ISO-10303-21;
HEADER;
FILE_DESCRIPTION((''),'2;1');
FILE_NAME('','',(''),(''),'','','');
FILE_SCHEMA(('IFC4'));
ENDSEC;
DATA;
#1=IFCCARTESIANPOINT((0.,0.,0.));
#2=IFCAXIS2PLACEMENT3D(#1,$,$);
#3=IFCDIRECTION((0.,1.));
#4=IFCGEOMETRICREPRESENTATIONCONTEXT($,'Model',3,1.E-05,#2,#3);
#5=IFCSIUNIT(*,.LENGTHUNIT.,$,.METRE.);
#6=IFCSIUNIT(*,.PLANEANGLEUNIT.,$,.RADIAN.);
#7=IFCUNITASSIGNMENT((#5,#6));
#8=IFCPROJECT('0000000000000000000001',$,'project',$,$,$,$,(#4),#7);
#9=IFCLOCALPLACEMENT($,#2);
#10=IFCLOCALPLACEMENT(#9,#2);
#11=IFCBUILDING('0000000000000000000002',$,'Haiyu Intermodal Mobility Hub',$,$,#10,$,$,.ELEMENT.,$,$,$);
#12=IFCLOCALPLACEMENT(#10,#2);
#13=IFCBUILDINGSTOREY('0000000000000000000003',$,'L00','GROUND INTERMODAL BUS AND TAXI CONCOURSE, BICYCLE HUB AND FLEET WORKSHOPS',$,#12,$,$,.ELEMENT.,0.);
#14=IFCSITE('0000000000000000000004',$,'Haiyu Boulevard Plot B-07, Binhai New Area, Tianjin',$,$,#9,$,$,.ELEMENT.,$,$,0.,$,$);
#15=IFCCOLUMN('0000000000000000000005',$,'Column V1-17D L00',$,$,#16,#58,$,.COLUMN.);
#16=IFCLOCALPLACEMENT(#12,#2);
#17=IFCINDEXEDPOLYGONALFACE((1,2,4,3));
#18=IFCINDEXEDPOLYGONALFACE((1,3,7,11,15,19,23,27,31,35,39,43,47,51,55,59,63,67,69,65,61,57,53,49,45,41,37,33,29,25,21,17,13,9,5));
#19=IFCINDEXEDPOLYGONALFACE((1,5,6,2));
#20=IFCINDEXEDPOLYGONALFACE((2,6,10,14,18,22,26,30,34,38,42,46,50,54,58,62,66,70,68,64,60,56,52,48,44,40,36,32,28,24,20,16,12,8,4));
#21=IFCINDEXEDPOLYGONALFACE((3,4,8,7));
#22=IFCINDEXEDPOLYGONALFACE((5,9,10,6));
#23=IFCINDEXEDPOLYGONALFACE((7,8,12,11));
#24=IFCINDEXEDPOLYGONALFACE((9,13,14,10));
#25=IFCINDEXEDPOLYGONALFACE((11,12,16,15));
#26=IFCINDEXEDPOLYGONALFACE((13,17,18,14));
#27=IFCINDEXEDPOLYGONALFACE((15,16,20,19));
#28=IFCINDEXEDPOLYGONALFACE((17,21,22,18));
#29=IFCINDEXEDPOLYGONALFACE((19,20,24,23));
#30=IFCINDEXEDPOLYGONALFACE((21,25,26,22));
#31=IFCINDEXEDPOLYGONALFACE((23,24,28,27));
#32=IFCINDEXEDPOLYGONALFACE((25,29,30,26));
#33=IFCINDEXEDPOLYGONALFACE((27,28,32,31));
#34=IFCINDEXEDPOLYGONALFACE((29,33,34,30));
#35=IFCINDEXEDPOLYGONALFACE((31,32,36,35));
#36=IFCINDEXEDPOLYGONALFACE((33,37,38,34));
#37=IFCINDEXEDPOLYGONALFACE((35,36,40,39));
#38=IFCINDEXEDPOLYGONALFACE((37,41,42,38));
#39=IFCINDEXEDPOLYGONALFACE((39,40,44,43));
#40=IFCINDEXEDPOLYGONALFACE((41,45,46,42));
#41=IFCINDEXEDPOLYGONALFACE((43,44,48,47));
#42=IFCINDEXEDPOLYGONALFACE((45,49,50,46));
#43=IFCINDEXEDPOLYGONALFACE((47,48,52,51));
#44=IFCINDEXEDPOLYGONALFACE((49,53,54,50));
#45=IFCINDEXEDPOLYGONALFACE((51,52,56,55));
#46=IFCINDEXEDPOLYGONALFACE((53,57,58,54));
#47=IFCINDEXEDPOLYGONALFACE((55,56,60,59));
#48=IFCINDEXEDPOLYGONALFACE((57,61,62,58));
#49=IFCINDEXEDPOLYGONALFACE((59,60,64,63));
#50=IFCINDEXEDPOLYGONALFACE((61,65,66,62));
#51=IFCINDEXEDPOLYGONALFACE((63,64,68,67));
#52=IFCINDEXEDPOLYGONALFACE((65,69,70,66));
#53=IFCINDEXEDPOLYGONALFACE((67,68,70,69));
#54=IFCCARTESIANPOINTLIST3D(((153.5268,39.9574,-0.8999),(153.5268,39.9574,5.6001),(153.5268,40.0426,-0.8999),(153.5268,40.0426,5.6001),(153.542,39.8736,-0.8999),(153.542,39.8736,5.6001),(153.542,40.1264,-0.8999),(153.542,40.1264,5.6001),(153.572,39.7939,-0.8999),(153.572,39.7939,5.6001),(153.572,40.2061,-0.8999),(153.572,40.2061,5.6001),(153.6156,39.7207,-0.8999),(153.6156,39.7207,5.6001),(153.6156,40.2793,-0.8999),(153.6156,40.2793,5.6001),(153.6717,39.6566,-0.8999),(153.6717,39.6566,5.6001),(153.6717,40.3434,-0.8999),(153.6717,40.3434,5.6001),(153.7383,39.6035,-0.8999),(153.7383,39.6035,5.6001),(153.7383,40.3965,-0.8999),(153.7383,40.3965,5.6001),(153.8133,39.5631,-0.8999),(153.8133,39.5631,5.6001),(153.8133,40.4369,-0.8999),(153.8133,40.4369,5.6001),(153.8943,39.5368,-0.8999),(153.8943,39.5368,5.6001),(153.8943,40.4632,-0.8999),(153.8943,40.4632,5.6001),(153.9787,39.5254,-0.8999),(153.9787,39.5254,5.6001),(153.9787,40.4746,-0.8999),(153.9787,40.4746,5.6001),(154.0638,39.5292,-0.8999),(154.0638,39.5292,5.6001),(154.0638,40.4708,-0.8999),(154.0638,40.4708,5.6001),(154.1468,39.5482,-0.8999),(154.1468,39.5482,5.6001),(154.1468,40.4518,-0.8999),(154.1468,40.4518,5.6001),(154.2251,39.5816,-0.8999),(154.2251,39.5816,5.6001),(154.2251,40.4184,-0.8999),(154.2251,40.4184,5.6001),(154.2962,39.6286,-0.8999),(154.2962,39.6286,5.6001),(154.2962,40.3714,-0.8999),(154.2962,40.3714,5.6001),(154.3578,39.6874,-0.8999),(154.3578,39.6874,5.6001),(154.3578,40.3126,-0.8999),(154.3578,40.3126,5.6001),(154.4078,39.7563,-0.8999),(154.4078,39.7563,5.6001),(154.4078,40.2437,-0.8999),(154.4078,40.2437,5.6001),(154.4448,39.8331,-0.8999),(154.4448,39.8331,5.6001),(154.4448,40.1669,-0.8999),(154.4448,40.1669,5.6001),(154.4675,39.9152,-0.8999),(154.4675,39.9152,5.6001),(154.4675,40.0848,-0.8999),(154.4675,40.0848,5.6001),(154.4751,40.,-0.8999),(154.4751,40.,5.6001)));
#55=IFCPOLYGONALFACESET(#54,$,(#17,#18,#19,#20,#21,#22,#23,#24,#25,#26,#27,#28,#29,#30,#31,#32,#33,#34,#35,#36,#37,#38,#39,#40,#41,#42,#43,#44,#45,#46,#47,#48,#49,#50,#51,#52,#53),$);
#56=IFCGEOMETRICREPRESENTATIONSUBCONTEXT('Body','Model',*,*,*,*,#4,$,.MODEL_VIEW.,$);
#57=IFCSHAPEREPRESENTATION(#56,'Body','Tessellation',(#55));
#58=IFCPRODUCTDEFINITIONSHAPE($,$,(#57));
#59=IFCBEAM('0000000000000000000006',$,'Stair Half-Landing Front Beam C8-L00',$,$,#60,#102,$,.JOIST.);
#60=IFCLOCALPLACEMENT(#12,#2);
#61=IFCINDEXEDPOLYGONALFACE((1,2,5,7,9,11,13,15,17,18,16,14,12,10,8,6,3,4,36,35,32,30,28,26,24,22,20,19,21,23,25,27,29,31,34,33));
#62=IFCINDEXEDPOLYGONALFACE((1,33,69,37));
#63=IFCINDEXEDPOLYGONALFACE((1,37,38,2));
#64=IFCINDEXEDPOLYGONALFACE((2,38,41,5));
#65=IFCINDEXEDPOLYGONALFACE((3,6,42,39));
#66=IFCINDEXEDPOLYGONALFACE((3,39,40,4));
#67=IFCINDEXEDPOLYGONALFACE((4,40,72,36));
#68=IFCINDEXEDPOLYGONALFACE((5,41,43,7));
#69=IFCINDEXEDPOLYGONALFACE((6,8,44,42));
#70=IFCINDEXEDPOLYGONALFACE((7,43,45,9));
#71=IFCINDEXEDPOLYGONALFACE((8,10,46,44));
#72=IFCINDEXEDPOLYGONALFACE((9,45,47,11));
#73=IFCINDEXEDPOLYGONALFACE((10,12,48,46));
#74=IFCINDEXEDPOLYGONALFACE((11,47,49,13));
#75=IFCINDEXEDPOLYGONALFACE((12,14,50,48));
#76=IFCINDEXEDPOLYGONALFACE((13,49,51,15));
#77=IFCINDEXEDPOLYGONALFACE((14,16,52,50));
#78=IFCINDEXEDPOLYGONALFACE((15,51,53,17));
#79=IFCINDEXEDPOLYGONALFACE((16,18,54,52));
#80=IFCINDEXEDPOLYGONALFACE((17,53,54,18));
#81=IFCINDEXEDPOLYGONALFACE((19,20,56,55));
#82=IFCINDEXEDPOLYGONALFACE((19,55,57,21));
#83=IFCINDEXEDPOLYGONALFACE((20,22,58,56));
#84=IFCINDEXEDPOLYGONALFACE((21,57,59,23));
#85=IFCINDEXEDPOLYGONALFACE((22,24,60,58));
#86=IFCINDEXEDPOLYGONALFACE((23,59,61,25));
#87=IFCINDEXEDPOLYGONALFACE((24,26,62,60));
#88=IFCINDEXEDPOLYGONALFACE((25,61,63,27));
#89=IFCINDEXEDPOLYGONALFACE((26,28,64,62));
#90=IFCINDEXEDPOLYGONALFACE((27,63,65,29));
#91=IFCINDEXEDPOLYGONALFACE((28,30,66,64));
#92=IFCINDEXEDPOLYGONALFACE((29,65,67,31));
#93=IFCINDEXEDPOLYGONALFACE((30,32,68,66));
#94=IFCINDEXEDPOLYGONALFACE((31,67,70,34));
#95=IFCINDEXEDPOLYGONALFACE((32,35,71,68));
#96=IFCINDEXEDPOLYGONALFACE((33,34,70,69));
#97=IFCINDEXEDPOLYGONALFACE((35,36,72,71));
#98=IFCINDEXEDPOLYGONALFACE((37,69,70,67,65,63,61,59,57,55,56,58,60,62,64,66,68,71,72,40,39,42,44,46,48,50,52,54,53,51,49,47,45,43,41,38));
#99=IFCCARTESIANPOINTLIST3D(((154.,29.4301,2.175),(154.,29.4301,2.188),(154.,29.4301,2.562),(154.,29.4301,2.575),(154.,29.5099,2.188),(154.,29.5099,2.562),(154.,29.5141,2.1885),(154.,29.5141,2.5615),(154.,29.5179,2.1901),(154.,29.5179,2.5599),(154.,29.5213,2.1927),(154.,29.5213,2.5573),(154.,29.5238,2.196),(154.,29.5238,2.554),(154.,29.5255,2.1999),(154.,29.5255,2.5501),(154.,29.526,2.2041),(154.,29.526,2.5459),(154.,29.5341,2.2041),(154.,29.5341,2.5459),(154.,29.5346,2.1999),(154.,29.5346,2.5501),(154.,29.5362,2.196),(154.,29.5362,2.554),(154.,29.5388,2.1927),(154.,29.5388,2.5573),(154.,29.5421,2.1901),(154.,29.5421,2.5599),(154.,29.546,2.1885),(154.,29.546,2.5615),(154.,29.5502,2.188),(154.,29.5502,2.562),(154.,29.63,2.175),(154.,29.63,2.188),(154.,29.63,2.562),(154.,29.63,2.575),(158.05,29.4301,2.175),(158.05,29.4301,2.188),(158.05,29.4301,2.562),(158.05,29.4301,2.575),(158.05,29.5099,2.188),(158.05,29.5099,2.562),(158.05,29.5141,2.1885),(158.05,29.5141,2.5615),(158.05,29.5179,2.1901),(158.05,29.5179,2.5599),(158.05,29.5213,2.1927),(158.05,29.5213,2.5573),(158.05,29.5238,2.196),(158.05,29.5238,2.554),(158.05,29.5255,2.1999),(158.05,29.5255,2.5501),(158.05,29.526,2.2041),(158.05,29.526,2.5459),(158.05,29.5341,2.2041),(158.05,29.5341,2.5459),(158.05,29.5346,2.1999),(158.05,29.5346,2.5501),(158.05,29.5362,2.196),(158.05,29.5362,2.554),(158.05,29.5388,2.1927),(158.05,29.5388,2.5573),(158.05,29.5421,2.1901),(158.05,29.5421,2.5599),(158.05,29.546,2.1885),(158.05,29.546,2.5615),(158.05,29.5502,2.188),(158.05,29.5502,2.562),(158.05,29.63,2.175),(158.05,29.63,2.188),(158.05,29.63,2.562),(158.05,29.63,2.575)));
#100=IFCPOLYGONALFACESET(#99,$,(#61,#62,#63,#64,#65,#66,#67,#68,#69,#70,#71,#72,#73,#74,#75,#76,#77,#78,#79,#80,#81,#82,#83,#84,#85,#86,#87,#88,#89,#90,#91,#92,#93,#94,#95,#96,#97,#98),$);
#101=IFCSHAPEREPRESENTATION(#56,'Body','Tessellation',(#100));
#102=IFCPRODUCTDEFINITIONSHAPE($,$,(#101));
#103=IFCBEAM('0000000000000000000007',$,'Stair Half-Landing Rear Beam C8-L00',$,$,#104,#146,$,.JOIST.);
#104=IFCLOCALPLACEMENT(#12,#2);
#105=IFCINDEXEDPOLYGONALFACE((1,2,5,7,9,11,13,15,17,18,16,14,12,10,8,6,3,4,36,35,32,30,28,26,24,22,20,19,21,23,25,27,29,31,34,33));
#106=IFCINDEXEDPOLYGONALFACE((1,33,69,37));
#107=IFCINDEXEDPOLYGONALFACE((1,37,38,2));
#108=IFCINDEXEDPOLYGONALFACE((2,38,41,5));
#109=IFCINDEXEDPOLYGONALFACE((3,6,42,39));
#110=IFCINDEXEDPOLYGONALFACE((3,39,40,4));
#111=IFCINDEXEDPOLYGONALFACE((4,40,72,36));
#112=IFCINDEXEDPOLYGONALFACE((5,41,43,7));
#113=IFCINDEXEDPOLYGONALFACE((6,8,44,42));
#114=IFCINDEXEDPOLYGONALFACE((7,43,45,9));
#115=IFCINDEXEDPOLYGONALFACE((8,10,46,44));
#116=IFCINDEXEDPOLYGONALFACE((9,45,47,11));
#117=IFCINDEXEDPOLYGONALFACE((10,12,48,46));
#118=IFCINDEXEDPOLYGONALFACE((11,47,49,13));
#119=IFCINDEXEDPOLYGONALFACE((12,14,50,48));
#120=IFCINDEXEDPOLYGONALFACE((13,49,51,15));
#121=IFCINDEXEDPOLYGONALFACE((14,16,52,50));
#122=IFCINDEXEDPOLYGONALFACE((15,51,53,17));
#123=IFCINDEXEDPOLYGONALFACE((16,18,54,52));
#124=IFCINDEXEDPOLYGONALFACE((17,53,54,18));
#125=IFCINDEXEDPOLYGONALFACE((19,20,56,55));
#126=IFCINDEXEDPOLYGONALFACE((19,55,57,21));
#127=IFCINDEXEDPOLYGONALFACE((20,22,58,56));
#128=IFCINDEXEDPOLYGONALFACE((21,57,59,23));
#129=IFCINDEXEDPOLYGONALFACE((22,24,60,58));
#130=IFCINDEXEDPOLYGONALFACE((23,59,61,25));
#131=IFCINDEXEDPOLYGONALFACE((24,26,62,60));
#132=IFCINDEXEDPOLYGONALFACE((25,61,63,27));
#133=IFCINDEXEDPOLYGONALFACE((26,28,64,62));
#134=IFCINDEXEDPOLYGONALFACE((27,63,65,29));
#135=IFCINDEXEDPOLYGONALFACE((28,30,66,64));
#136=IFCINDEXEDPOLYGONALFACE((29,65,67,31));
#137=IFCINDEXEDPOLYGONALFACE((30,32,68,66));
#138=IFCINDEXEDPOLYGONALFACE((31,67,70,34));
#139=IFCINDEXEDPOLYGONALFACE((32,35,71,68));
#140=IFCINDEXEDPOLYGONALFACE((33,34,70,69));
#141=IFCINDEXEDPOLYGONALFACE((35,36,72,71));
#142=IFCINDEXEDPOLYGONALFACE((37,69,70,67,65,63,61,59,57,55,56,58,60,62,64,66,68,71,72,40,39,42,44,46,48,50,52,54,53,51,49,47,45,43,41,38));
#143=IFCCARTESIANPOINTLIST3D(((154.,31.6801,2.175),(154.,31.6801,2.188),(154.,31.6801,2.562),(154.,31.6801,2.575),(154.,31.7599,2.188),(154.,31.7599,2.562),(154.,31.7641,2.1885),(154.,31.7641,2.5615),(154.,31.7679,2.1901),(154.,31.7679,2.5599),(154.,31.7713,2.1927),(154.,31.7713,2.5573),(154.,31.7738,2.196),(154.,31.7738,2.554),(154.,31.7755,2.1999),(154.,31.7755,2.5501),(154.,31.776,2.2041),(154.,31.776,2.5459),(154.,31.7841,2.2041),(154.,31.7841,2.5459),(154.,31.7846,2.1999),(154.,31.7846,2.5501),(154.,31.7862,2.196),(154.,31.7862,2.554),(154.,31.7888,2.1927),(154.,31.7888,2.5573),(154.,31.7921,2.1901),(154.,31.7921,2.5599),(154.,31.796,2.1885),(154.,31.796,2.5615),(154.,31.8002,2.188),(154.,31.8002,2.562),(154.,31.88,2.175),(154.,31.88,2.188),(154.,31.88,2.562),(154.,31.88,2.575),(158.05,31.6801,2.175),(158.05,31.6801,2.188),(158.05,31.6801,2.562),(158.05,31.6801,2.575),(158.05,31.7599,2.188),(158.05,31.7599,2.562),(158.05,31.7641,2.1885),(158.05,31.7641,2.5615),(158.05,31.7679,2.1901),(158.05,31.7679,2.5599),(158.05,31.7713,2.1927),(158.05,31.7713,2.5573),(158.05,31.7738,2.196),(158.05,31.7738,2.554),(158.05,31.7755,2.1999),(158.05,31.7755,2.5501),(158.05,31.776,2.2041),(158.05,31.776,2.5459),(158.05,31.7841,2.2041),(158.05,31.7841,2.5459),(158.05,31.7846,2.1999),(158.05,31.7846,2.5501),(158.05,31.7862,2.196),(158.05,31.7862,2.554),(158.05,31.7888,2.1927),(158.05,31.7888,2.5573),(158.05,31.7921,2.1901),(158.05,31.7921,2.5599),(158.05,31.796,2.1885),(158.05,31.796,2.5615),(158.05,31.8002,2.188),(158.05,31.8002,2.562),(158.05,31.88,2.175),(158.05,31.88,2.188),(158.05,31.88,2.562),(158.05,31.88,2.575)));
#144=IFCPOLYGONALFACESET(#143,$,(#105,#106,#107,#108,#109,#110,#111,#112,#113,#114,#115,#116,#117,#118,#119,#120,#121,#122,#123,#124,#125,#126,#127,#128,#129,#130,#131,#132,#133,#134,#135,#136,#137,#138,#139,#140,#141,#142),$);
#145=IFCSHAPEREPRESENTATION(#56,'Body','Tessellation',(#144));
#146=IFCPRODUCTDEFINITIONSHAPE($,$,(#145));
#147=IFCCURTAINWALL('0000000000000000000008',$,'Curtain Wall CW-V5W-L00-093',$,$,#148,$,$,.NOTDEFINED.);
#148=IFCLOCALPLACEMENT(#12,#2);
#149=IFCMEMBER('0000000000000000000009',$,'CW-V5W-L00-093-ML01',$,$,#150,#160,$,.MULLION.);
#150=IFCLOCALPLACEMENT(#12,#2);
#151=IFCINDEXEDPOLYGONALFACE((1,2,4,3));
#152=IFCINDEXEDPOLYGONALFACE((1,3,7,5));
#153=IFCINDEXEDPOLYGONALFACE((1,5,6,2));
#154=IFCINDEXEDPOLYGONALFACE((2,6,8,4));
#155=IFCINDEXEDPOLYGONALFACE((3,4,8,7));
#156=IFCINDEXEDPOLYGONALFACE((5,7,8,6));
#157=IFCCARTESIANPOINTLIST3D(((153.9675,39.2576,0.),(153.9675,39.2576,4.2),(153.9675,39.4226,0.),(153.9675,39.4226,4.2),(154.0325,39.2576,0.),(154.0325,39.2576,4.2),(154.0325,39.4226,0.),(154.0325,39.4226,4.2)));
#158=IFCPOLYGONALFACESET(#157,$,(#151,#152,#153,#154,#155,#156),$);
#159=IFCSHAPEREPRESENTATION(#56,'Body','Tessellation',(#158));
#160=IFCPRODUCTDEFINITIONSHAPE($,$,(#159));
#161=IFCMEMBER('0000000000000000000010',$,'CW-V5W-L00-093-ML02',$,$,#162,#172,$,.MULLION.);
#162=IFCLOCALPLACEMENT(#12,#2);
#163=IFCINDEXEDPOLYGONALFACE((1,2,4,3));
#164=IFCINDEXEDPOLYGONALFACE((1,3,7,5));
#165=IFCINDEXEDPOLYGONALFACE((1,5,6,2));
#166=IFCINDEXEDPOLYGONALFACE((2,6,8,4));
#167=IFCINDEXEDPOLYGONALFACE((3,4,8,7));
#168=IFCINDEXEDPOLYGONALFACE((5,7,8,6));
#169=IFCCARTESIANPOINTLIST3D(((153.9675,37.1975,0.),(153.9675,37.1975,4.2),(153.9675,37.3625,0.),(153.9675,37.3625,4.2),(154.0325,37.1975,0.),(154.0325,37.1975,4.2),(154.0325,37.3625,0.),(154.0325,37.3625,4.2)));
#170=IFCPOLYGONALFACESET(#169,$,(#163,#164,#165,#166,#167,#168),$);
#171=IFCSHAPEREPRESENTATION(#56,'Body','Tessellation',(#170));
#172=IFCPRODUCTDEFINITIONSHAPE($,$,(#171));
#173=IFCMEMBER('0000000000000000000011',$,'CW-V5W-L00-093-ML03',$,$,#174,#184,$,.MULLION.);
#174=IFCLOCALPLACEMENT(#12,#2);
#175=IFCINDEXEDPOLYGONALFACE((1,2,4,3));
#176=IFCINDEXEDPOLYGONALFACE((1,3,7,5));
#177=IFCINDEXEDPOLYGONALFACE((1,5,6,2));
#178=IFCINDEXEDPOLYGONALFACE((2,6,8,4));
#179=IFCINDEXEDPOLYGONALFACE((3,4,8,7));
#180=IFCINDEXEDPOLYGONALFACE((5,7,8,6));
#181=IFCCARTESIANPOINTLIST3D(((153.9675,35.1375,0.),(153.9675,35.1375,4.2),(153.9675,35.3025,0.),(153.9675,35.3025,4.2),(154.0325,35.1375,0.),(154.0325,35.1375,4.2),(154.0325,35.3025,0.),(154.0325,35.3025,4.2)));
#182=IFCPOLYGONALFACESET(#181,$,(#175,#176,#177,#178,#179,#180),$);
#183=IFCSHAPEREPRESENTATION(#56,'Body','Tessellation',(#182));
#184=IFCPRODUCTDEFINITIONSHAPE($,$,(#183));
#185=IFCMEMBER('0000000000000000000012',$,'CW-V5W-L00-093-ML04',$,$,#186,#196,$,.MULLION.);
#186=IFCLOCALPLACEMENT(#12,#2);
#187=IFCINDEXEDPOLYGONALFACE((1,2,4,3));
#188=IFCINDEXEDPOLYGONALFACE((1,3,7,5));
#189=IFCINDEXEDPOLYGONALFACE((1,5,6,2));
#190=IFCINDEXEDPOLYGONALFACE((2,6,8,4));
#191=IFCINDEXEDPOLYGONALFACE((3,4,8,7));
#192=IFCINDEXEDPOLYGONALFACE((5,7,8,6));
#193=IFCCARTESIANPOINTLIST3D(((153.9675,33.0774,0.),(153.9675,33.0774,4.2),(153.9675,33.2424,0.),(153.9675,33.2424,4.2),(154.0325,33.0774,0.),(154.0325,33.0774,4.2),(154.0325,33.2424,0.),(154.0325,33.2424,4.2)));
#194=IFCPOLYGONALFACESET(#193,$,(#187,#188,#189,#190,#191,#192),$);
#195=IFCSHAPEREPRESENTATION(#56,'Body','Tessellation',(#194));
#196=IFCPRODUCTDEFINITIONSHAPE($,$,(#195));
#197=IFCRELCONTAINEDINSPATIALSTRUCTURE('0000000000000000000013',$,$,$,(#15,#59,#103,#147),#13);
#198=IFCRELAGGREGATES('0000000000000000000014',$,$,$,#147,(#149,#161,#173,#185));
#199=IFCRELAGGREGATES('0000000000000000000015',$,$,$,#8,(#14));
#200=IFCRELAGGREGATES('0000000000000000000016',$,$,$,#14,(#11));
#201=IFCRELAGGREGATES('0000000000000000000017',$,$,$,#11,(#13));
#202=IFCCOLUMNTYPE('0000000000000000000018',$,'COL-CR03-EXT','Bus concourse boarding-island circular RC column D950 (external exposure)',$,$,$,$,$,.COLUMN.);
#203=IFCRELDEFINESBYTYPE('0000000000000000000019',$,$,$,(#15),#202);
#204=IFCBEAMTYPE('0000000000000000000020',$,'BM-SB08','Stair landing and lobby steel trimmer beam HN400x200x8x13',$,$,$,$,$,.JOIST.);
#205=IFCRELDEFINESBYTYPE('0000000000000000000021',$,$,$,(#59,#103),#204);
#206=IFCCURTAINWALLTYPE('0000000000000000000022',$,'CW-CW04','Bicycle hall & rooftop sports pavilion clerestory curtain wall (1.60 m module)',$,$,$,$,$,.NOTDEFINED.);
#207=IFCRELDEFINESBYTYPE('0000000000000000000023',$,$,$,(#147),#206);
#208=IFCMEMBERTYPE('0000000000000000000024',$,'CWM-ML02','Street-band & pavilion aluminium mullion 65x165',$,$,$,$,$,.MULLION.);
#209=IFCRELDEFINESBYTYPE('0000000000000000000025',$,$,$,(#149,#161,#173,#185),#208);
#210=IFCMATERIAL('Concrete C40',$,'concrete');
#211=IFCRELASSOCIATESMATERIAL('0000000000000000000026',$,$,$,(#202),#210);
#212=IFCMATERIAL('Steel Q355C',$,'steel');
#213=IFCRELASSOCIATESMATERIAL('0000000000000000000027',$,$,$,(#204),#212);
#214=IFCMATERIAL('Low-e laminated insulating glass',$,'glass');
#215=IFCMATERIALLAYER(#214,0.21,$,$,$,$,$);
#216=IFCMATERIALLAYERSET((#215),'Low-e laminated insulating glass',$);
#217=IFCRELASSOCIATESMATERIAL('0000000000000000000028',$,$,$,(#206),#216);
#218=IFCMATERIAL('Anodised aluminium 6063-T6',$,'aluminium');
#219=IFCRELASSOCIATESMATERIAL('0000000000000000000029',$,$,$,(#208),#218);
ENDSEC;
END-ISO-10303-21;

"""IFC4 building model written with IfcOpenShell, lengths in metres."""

from ifc_helpers import new_model, si_unit, direction, frame, origin, origin_2d, place, context, subcontext, project, spatial, rectangle, circle, i_section, extrude, material, layer, layer_set, material_profile, profile_set, type_object, element, aggregate, save


model = new_model("IFC4")

# Units and contexts
model_context = context("Model", 3, precision=1e-05, world=origin(), true_north=direction((0.0, 1.0)))
body_context = subcontext(model_context, "Body", "Model", "MODEL_VIEW")
ifc_project = project(units=[si_unit("LENGTHUNIT", "METRE"), si_unit("PLANEANGLEUNIT", "RADIAN")], contexts=[model_context])

# Site, building, storey
site_placement = place(None, origin())
site = spatial("IfcSite", under=ifc_project, at=site_placement, Name="Haiyu Boulevard Plot B-07, Binhai New Area, Tianjin", CompositionType="ELEMENT", RefElevation=0.0)
building_placement = place(site_placement, origin())
building = spatial("IfcBuilding", under=site, at=building_placement, Name="Haiyu Intermodal Mobility Hub", CompositionType="ELEMENT")
storey_placement = place(building_placement, origin())
storey = spatial("IfcBuildingStorey", under=building, at=storey_placement, Name="L00", Description="GROUND INTERMODAL BUS AND TAXI CONCOURSE, BICYCLE HUB AND FLEET WORKSHOPS", CompositionType="ELEMENT", Elevation=0.0)

# Shared definitions
ifc_material_1 = material(Name="Concrete C40", Category="concrete")

# Column
ifc_material_profile_1 = material_profile(ifc_material_1, circle(Radius=0.4751, at=origin_2d()), Name="RCCOL-D950")
ifc_profile_set_1 = profile_set([ifc_material_profile_1], Name="Concrete C40")
column_type = type_object("IfcColumnType", Name="COL-CR03-EXT", Description="Bus concourse boarding-island circular RC column D950 (external exposure)", PredefinedType="COLUMN", material=ifc_profile_set_1)
column_placement = place(storey_placement, frame((154.0, 40.0, -0.8999), z_axis=(0.0, 0.0, 1.0), x_axis=(1.0, 0.0, 0.0)))
element("IfcColumn", 1, at=column_placement, inside=storey, type_object=column_type, Name="Column V1-17D L00", PredefinedType="COLUMN", context=body_context, shape_type="SweptSolid", body=[
    extrude(circle(Radius=0.4751, at=origin_2d()), origin(), (0.0, 0.0, 1.0), 6.5),
])

# Beams
ifc_material_2 = material(Name="Steel Q355C", Category="steel")
ifc_material_profile_2 = material_profile(ifc_material_2, i_section(OverallWidth=0.2, OverallDepth=0.3999, WebThickness=0.0081, FlangeThickness=0.0129, FilletRadius=0.0161, at=origin_2d()), Name="HN400x200x8x13")
ifc_profile_set_2 = profile_set([ifc_material_profile_2], Name="Steel Q355C")
beam_type = type_object("IfcBeamType", Name="BM-SB08", Description="Stair landing and lobby steel trimmer beam HN400x200x8x13", PredefinedType="JOIST", material=ifc_profile_set_2)
for number, where, z_axis, x_axis, name in (
    (2, (154.0, 29.53, 2.375), (1.0, 0.0, 0.0), (0.0, 1.0, 0.0), "Stair Half-Landing Front Beam C8-L00"),
    (3, (154.0, 31.78, 2.375), (1.0, 0.0, 0.0), (0.0, 1.0, 0.0), "Stair Half-Landing Rear Beam C8-L00"),
):
    element("IfcBeam", number, at=place(storey_placement, frame(where, z_axis=z_axis, x_axis=x_axis)), inside=storey, type_object=beam_type, Name=name, PredefinedType="JOIST", context=body_context, shape_type="SweptSolid", body=[
        extrude(i_section(OverallWidth=0.2, OverallDepth=0.3999, WebThickness=0.0081, FlangeThickness=0.0129, FilletRadius=0.0161, at=origin_2d()), origin(), (0.0, 0.0, 1.0), 4.05),
    ])

# Curtain wall, members
ifc_material_3 = material(Name="Low-e laminated insulating glass", Category="glass")
ifc_layer_1 = layer(ifc_material_3, 0.21)
ifc_layer_set_1 = layer_set([ifc_layer_1], Name="Low-e laminated insulating glass")
curtain_wall_type = type_object("IfcCurtainWallType", Name="CW-CW04", Description="Bicycle hall & rooftop sports pavilion clerestory curtain wall (1.60 m module)", PredefinedType="NOTDEFINED", material=ifc_layer_set_1)
curtain_wall_placement = place(storey_placement, origin())
curtain_wall = element("IfcCurtainWall", 4, at=curtain_wall_placement, inside=storey, type_object=curtain_wall_type, Name="Curtain Wall CW-V5W-L00-093", PredefinedType="NOTDEFINED")
ifc_material_4 = material(Name="Anodised aluminium 6063-T6", Category="aluminium")
ifc_material_profile_3 = material_profile(ifc_material_4, rectangle(XDim=0.0649, YDim=0.165, at=origin_2d()), Name="ALU65x165")
ifc_profile_set_3 = profile_set([ifc_material_profile_3], Name="Anodised aluminium 6063-T6")
member_type_1 = type_object("IfcMemberType", Name="CWM-ML02", Description="Street-band & pavilion aluminium mullion 65x165", PredefinedType="MULLION", material=ifc_profile_set_3)
member_1_placement = place(storey_placement, frame((154.0, 39.3401, 0.0), z_axis=(0.0, 0.0, 1.0), x_axis=(1.0, 0.0, 0.0)))
member_1 = element("IfcMember", 5, at=member_1_placement, type_object=member_type_1, Name="CW-V5W-L00-093-ML01", PredefinedType="MULLION", context=body_context, shape_type="SweptSolid", body=[
    extrude(rectangle(XDim=0.0649, YDim=0.165, at=origin_2d()), origin(), (0.0, 0.0, 1.0), 4.2),
])
member_2_placement = place(storey_placement, frame((154.0, 37.28, 0.0), z_axis=(0.0, 0.0, 1.0), x_axis=(1.0, 0.0, 0.0)))
member_2 = element("IfcMember", 6, at=member_2_placement, type_object=member_type_1, Name="CW-V5W-L00-093-ML02", PredefinedType="MULLION", context=body_context, shape_type="SweptSolid", body=[
    extrude(rectangle(XDim=0.0649, YDim=0.165, at=origin_2d()), origin(), (0.0, 0.0, 1.0), 4.2),
])
member_3_placement = place(storey_placement, frame((154.0, 35.22, 0.0), z_axis=(0.0, 0.0, 1.0), x_axis=(1.0, 0.0, 0.0)))
member_3 = element("IfcMember", 7, at=member_3_placement, type_object=member_type_1, Name="CW-V5W-L00-093-ML03", PredefinedType="MULLION", context=body_context, shape_type="SweptSolid", body=[
    extrude(rectangle(XDim=0.0649, YDim=0.165, at=origin_2d()), origin(), (0.0, 0.0, 1.0), 4.2),
])
member_4_placement = place(storey_placement, frame((154.0, 33.1599, 0.0), z_axis=(0.0, 0.0, 1.0), x_axis=(1.0, 0.0, 0.0)))
member_4 = element("IfcMember", 8, at=member_4_placement, type_object=member_type_1, Name="CW-V5W-L00-093-ML04", PredefinedType="MULLION", context=body_context, shape_type="SweptSolid", body=[
    extrude(rectangle(XDim=0.0649, YDim=0.165, at=origin_2d()), origin(), (0.0, 0.0, 1.0), 4.2),
])
aggregate(curtain_wall, [member_1, member_2, member_3, member_4])

save(model, "model.ifc")
